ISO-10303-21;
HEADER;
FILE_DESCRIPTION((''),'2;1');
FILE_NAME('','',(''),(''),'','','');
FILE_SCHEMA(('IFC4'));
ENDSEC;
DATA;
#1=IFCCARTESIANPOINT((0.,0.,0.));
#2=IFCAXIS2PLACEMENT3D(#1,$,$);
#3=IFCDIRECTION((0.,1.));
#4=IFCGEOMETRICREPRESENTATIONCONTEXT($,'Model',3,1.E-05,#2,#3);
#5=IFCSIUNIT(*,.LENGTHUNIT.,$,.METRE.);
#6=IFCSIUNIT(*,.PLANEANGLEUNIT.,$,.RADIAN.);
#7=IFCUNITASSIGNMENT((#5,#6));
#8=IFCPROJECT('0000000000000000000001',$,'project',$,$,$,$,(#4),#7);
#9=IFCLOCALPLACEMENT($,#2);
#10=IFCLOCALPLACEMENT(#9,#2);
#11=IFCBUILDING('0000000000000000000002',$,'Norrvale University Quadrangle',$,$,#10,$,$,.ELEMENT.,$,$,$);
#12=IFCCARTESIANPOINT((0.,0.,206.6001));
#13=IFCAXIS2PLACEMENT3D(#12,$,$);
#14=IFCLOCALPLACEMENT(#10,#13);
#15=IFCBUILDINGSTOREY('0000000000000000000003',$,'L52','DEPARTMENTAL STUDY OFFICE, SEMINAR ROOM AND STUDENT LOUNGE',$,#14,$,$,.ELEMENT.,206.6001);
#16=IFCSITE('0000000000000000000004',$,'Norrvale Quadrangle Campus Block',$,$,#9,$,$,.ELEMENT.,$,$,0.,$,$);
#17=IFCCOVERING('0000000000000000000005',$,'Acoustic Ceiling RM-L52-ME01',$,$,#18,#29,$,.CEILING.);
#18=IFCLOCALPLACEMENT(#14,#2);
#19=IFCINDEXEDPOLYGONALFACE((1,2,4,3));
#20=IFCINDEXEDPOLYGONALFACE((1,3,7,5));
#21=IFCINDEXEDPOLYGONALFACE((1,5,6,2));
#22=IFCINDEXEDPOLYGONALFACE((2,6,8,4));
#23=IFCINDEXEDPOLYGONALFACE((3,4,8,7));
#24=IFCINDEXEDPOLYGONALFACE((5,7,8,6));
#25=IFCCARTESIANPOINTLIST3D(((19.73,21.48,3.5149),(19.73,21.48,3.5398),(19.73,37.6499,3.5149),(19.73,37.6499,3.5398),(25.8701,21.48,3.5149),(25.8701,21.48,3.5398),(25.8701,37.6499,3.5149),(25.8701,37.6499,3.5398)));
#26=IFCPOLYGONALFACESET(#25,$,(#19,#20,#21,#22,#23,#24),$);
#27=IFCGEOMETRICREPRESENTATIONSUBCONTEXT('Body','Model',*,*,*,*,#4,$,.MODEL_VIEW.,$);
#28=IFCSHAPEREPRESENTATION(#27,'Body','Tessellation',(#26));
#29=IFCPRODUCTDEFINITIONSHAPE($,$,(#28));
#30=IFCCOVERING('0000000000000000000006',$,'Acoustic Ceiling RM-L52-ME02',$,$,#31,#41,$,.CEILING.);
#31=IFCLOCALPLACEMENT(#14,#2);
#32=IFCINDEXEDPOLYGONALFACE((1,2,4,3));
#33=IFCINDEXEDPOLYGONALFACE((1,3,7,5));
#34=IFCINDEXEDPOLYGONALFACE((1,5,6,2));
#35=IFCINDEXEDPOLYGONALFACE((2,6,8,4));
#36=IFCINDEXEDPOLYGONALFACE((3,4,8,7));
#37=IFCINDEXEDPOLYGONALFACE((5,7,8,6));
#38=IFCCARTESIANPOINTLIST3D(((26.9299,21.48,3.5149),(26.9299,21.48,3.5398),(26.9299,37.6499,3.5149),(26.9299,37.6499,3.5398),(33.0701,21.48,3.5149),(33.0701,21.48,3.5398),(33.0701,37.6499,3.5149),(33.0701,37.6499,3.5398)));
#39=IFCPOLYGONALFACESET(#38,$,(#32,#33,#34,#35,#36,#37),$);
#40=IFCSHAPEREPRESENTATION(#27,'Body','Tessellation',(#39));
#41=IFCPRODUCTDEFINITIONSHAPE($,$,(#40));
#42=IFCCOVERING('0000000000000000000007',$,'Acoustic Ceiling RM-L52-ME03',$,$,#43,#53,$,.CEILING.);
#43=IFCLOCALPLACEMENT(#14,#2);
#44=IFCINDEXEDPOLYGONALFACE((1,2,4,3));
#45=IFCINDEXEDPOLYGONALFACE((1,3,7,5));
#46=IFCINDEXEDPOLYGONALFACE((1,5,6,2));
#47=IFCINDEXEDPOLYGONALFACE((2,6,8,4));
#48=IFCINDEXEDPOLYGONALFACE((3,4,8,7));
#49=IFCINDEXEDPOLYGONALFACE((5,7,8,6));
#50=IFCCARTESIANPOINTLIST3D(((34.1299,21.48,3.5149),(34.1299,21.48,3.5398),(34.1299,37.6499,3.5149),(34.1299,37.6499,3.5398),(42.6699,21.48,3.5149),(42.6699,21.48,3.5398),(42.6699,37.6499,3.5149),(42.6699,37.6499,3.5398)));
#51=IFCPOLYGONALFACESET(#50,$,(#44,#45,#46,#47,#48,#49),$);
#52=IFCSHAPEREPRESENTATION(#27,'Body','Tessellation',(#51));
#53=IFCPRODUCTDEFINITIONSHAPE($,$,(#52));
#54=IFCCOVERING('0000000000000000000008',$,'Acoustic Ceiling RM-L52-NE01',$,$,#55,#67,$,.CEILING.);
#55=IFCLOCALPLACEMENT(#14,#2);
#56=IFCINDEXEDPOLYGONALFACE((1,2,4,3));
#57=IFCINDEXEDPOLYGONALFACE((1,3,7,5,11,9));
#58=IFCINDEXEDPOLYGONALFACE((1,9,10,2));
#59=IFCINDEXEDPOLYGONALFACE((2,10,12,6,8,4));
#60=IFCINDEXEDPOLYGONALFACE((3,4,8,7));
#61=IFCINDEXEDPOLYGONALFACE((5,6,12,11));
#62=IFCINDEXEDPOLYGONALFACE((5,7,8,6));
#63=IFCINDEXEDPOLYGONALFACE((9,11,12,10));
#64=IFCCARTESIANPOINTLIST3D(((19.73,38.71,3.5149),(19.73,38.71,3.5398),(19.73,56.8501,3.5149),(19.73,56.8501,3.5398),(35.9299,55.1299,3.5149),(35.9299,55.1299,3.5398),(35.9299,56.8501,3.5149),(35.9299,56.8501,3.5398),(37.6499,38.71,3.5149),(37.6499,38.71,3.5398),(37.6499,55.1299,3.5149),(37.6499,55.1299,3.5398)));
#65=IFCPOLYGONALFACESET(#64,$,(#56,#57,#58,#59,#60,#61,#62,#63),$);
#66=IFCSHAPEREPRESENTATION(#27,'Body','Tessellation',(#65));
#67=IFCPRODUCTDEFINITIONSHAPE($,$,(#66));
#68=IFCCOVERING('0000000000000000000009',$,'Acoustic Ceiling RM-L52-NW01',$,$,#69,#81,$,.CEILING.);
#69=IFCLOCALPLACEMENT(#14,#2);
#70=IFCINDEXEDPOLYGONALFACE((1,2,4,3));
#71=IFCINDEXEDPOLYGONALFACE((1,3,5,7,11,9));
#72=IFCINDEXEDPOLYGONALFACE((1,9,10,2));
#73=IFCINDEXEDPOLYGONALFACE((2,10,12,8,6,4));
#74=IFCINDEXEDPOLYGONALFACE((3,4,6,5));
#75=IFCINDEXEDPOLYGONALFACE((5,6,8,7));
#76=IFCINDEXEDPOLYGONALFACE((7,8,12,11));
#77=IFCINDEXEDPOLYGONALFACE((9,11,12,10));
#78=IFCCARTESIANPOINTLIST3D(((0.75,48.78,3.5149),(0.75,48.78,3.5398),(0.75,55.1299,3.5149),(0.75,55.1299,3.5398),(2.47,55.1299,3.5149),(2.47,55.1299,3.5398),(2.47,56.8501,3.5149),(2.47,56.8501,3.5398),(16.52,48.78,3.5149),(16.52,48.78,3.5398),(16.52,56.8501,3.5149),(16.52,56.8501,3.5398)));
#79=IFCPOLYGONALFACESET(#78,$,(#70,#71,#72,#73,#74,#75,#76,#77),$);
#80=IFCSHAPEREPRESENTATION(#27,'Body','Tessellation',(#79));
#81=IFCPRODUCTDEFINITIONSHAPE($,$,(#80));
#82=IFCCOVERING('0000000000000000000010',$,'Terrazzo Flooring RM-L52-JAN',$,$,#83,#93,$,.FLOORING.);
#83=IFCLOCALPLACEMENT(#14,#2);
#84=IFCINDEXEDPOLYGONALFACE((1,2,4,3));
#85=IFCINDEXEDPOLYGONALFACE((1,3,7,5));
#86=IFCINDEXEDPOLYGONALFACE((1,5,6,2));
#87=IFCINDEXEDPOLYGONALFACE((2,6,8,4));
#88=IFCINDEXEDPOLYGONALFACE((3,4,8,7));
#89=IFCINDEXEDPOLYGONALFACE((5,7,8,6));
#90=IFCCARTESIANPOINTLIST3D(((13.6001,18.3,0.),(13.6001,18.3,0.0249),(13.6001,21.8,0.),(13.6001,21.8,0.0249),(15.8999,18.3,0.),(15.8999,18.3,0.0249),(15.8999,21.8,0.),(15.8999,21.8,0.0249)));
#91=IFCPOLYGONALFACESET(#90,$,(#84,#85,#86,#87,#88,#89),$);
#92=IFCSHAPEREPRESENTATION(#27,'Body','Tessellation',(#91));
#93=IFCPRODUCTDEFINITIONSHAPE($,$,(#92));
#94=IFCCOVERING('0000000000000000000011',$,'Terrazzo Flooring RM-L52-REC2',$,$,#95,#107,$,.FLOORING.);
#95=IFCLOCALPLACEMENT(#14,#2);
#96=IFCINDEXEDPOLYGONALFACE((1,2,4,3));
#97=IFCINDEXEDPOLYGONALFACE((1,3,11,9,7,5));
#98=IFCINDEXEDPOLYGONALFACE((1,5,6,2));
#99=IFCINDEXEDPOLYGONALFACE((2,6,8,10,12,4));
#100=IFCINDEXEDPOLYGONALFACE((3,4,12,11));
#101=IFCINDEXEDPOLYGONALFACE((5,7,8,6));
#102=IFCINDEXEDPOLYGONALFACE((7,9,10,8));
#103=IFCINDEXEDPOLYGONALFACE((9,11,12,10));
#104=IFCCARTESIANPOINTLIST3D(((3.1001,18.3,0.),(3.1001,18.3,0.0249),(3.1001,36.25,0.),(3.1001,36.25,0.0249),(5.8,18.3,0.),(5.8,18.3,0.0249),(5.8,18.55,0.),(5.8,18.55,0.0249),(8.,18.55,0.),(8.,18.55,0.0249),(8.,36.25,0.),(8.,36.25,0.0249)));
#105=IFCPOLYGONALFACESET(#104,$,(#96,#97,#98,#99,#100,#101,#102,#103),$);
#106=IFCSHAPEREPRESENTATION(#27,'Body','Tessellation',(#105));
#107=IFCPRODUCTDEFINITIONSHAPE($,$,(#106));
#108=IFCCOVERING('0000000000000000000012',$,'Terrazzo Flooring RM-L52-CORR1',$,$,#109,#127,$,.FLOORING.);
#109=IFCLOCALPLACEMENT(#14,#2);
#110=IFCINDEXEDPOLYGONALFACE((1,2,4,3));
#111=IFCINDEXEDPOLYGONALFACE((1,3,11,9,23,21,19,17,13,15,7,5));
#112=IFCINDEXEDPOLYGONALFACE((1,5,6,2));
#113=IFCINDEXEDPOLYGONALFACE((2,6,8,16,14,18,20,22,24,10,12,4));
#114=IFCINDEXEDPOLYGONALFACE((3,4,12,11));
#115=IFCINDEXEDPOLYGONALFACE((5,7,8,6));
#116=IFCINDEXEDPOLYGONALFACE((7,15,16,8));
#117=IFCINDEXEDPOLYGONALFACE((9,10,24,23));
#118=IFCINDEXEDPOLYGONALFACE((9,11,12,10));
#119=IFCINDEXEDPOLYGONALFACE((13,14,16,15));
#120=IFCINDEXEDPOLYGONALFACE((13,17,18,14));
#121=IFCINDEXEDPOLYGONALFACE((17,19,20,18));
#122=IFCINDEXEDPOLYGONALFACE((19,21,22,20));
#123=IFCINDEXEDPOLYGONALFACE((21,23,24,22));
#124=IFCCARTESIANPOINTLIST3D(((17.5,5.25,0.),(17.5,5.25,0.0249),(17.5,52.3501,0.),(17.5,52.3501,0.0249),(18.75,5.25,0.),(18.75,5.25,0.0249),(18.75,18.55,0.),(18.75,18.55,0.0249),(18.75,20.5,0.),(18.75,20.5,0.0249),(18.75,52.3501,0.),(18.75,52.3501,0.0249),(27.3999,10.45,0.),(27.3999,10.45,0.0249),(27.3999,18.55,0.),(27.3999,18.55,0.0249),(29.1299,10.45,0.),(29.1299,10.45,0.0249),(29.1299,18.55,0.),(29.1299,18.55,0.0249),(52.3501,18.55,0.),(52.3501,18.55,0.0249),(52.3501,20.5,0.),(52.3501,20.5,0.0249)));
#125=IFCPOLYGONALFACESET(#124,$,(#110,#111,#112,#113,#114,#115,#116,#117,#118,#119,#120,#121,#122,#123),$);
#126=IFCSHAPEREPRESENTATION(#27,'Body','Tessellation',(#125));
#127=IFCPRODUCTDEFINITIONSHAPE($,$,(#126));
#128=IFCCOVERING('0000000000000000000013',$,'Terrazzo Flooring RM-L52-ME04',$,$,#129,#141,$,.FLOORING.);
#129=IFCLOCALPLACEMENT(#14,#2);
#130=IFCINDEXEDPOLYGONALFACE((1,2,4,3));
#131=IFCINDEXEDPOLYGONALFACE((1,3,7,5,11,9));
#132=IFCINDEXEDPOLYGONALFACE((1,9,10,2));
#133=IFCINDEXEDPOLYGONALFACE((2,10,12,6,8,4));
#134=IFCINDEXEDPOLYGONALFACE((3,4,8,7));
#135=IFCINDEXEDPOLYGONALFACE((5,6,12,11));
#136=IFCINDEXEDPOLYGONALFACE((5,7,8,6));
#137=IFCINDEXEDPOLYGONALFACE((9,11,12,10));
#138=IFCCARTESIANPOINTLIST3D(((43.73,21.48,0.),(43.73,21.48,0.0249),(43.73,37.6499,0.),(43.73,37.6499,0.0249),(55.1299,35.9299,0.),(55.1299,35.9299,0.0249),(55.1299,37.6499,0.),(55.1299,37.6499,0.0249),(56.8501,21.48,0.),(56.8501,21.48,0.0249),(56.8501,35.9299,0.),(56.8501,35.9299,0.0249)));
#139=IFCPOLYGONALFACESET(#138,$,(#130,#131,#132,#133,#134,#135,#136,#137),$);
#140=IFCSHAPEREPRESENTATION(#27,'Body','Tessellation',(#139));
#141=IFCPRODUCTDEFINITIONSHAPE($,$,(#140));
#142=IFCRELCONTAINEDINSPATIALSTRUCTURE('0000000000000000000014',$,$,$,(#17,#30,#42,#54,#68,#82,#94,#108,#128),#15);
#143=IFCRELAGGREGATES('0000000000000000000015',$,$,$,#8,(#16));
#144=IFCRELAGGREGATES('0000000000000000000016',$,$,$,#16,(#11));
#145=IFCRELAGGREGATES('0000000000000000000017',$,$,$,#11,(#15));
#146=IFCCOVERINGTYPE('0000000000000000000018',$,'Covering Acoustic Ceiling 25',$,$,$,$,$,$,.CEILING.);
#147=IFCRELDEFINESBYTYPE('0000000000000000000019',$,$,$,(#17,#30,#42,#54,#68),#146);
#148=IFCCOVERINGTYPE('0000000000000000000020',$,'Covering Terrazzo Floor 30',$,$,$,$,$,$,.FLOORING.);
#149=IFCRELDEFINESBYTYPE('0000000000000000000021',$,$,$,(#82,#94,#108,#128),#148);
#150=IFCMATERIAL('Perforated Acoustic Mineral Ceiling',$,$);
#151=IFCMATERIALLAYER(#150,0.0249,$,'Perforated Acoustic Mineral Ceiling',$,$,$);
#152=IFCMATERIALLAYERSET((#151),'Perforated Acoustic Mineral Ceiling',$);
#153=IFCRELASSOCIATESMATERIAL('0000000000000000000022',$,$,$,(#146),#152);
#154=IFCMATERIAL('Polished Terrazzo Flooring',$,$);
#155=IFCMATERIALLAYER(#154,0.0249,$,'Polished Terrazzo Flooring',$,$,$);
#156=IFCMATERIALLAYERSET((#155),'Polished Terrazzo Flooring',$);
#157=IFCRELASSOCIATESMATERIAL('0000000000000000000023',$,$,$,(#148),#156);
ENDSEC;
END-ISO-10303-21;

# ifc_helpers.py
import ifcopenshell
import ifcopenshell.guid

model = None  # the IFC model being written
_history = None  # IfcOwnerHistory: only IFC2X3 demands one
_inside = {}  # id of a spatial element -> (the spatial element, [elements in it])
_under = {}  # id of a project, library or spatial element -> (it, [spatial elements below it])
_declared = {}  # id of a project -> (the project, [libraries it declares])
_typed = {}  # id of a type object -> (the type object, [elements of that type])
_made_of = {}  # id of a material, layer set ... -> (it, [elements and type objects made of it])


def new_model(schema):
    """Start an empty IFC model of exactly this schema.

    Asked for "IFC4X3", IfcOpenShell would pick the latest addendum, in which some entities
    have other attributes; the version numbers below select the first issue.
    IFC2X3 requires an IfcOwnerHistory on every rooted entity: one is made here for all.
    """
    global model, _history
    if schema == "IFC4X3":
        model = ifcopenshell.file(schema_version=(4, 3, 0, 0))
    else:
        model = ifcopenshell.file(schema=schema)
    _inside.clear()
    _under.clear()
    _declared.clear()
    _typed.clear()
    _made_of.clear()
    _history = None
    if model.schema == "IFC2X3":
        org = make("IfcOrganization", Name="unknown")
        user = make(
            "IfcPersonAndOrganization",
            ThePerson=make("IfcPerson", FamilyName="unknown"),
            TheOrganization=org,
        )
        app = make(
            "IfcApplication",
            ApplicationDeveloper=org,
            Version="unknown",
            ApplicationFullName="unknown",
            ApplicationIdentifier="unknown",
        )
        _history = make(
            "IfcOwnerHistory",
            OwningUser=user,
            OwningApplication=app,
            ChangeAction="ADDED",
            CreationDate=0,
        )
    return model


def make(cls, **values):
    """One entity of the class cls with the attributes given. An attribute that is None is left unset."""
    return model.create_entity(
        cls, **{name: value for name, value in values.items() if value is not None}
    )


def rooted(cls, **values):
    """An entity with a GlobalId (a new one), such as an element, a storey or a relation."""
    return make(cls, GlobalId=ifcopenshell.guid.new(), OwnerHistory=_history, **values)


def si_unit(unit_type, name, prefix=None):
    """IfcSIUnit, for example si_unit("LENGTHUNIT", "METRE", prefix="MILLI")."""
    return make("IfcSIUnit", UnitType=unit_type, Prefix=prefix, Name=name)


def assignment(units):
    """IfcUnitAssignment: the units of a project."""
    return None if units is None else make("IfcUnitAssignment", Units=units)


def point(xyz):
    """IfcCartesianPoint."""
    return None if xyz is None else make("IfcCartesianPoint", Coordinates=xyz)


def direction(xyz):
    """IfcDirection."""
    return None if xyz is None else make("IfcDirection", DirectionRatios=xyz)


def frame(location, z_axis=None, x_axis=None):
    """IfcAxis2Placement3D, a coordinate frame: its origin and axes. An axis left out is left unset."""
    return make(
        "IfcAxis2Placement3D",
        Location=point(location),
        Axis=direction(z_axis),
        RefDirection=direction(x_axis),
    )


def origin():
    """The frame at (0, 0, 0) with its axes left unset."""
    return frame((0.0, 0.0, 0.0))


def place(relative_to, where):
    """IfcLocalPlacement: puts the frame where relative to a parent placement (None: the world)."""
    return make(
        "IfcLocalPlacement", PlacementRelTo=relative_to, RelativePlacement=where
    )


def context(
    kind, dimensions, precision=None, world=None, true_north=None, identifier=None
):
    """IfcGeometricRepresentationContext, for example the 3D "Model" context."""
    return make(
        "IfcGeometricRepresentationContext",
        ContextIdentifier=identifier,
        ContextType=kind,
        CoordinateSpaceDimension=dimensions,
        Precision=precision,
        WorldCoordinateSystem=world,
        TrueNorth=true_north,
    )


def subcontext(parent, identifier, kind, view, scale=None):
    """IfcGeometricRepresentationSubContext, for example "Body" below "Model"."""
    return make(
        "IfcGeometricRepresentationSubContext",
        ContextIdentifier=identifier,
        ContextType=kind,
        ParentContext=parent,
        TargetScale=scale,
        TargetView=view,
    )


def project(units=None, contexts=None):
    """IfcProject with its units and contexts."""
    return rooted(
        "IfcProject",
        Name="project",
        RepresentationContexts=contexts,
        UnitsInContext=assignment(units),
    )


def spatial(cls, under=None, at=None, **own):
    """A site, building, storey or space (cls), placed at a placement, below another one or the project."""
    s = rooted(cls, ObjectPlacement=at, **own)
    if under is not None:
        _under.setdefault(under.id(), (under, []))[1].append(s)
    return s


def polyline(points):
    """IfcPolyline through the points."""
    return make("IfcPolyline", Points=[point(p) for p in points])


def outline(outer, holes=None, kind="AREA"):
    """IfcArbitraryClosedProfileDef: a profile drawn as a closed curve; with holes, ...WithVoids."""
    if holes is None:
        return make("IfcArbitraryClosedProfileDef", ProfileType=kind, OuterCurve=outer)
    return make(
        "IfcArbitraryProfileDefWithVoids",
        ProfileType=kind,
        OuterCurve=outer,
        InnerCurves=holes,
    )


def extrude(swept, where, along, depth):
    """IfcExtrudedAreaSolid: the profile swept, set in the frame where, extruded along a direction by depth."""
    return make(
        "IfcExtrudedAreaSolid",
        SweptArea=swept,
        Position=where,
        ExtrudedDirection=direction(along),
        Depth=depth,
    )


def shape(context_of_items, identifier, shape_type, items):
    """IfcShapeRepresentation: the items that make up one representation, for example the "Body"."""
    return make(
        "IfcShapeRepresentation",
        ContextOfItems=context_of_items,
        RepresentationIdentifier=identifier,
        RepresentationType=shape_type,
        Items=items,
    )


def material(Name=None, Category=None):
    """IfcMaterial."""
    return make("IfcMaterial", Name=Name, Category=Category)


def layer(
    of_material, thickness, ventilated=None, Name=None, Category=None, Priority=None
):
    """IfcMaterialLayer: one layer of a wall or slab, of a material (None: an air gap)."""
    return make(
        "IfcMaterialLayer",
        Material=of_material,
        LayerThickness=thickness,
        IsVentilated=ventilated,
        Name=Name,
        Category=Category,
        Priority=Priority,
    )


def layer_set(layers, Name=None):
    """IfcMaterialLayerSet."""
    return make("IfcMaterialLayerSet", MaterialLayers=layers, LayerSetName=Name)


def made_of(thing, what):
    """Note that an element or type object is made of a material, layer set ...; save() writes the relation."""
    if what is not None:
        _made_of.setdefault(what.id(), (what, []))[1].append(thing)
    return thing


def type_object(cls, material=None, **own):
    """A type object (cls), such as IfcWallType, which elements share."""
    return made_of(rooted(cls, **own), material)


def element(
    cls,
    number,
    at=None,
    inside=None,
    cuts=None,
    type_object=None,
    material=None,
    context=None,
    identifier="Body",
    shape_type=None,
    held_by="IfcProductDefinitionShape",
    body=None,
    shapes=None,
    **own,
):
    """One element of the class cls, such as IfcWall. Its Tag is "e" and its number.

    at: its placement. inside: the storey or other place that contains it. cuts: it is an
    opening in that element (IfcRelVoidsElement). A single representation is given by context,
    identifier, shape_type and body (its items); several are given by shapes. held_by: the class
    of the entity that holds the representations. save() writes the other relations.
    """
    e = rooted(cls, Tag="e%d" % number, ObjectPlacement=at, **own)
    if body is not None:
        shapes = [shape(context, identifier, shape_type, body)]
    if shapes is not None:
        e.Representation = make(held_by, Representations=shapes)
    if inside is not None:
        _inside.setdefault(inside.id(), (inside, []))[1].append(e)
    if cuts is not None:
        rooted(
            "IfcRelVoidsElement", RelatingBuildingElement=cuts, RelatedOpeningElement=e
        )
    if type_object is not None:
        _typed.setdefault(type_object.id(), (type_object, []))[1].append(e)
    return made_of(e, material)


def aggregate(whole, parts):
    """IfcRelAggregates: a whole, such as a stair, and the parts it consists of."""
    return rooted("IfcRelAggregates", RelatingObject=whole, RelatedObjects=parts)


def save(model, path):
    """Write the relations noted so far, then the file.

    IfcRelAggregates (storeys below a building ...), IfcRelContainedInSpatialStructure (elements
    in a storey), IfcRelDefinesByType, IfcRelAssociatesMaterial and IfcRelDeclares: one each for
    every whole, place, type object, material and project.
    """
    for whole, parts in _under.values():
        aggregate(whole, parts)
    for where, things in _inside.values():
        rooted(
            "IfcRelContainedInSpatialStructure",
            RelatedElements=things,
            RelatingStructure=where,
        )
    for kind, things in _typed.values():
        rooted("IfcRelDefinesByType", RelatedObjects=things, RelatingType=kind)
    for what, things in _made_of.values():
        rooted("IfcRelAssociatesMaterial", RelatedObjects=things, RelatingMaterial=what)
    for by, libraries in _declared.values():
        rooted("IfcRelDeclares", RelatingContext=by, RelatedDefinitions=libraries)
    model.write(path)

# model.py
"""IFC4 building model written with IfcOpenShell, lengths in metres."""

from ifc_helpers import new_model, si_unit, direction, frame, origin, place, context, subcontext, project, spatial, polyline, outline, extrude, material, layer, layer_set, type_object, element, save


model = new_model("IFC4")

# Units and contexts
model_context = context("Model", 3, precision=1e-05, world=origin(), true_north=direction((0.0, 1.0)))
body_context = subcontext(model_context, "Body", "Model", "MODEL_VIEW")
ifc_project = project(units=[si_unit("LENGTHUNIT", "METRE"), si_unit("PLANEANGLEUNIT", "RADIAN")], contexts=[model_context])

# Site, building, storey
site_placement = place(None, origin())
site = spatial("IfcSite", under=ifc_project, at=site_placement, Name="Norrvale Quadrangle Campus Block", CompositionType="ELEMENT", RefElevation=0.0)
building_placement = place(site_placement, origin())
building = spatial("IfcBuilding", under=site, at=building_placement, Name="Norrvale University Quadrangle", CompositionType="ELEMENT")
storey_placement = place(building_placement, frame((0.0, 0.0, 206.6001)))
storey = spatial("IfcBuildingStorey", under=building, at=storey_placement, Name="L52", Description="DEPARTMENTAL STUDY OFFICE, SEMINAR ROOM AND STUDENT LOUNGE", CompositionType="ELEMENT", Elevation=206.6001)

# Coverings
ifc_material_1 = material(Name="Perforated Acoustic Mineral Ceiling")
ifc_layer_1 = layer(ifc_material_1, 0.0249, Name="Perforated Acoustic Mineral Ceiling")
ifc_layer_set_1 = layer_set([ifc_layer_1], Name="Perforated Acoustic Mineral Ceiling")
covering_type_1 = type_object("IfcCoveringType", Name="Covering Acoustic Ceiling 25", PredefinedType="CEILING", material=ifc_layer_set_1)
covering_1_placement = place(storey_placement, frame((0.0, 0.0, 3.5149)))
element("IfcCovering", 1, at=covering_1_placement, inside=storey, type_object=covering_type_1, Name="Acoustic Ceiling RM-L52-ME01", PredefinedType="CEILING", context=body_context, shape_type="SweptSolid", body=[
    extrude(outline(polyline([(19.73, 37.6499), (25.8701, 37.6499), (25.8701, 21.48), (19.73, 21.48), (19.73, 37.6499)])), origin(), (0.0, 0.0, 1.0), 0.0249),
])
covering_2_placement = place(storey_placement, frame((0.0, 0.0, 3.5149)))
element("IfcCovering", 2, at=covering_2_placement, inside=storey, type_object=covering_type_1, Name="Acoustic Ceiling RM-L52-ME02", PredefinedType="CEILING", context=body_context, shape_type="SweptSolid", body=[
    extrude(outline(polyline([(26.9299, 37.6499), (33.0701, 37.6499), (33.0701, 21.48), (26.9299, 21.48), (26.9299, 37.6499)])), origin(), (0.0, 0.0, 1.0), 0.0249),
])
covering_3_placement = place(storey_placement, frame((0.0, 0.0, 3.5149)))
element("IfcCovering", 3, at=covering_3_placement, inside=storey, type_object=covering_type_1, Name="Acoustic Ceiling RM-L52-ME03", PredefinedType="CEILING", context=body_context, shape_type="SweptSolid", body=[
    extrude(outline(polyline([(34.1299, 37.6499), (42.6699, 37.6499), (42.6699, 21.48), (34.1299, 21.48), (34.1299, 37.6499)])), origin(), (0.0, 0.0, 1.0), 0.0249),
])
covering_4_placement = place(storey_placement, frame((0.0, 0.0, 3.5149)))
element("IfcCovering", 4, at=covering_4_placement, inside=storey, type_object=covering_type_1, Name="Acoustic Ceiling RM-L52-NE01", PredefinedType="CEILING", context=body_context, shape_type="SweptSolid", body=[
    extrude(outline(polyline([(37.6499, 38.71), (19.73, 38.71), (19.73, 56.8501), (35.9299, 56.8501), (35.9299, 55.1299), (37.6499, 55.1299), (37.6499, 38.71)])), origin(), (0.0, 0.0, 1.0), 0.0249),
])
covering_5_placement = place(storey_placement, frame((0.0, 0.0, 3.5149)))
element("IfcCovering", 5, at=covering_5_placement, inside=storey, type_object=covering_type_1, Name="Acoustic Ceiling RM-L52-NW01", PredefinedType="CEILING", context=body_context, shape_type="SweptSolid", body=[
    extrude(outline(polyline([(16.52, 56.8501), (16.52, 48.78), (0.75, 48.78), (0.75, 55.1299), (2.47, 55.1299), (2.47, 56.8501), (16.52, 56.8501)])), origin(), (0.0, 0.0, 1.0), 0.0249),
])
ifc_material_2 = material(Name="Polished Terrazzo Flooring")
ifc_layer_2 = layer(ifc_material_2, 0.0249, Name="Polished Terrazzo Flooring")
ifc_layer_set_2 = layer_set([ifc_layer_2], Name="Polished Terrazzo Flooring")
covering_type_2 = type_object("IfcCoveringType", Name="Covering Terrazzo Floor 30", PredefinedType="FLOORING", material=ifc_layer_set_2)
covering_6_placement = place(storey_placement, origin())
element("IfcCovering", 6, at=covering_6_placement, inside=storey, type_object=covering_type_2, Name="Terrazzo Flooring RM-L52-JAN", PredefinedType="FLOORING", context=body_context, shape_type="SweptSolid", body=[
    extrude(outline(polyline([(13.6001, 18.3), (13.6001, 21.8), (15.8999, 21.8), (15.8999, 18.3), (13.6001, 18.3)])), origin(), (0.0, 0.0, 1.0), 0.0249),
])
covering_7_placement = place(storey_placement, origin())
element("IfcCovering", 7, at=covering_7_placement, inside=storey, type_object=covering_type_2, Name="Terrazzo Flooring RM-L52-REC2", PredefinedType="FLOORING", context=body_context, shape_type="SweptSolid", body=[
    extrude(outline(polyline([(3.1001, 18.3), (3.1001, 36.25), (8.0, 36.25), (8.0, 18.55), (5.8, 18.55), (5.8, 18.3), (3.1001, 18.3)])), origin(), (0.0, 0.0, 1.0), 0.0249),
])
covering_8_placement = place(storey_placement, origin())
element("IfcCovering", 8, at=covering_8_placement, inside=storey, type_object=covering_type_2, Name="Terrazzo Flooring RM-L52-CORR1", PredefinedType="FLOORING", context=body_context, shape_type="SweptSolid", body=[
    extrude(outline(polyline([(17.5, 5.25), (17.5, 52.3501), (18.75, 52.3501), (18.75, 20.5), (52.3501, 20.5), (52.3501, 18.55), (29.1299, 18.55), (29.1299, 10.45), (27.3999, 10.45), (27.3999, 18.55), (18.75, 18.55), (18.75, 5.25), (17.5, 5.25)])), origin(), (0.0, 0.0, 1.0), 0.0249),
])
covering_9_placement = place(storey_placement, origin())
element("IfcCovering", 9, at=covering_9_placement, inside=storey, type_object=covering_type_2, Name="Terrazzo Flooring RM-L52-ME04", PredefinedType="FLOORING", context=body_context, shape_type="SweptSolid", body=[
    extrude(outline(polyline([(56.8501, 21.48), (43.73, 21.48), (43.73, 37.6499), (55.1299, 37.6499), (55.1299, 35.9299), (56.8501, 35.9299), (56.8501, 21.48)])), origin(), (0.0, 0.0, 1.0), 0.0249),
])

save(model, "model.ifc")
